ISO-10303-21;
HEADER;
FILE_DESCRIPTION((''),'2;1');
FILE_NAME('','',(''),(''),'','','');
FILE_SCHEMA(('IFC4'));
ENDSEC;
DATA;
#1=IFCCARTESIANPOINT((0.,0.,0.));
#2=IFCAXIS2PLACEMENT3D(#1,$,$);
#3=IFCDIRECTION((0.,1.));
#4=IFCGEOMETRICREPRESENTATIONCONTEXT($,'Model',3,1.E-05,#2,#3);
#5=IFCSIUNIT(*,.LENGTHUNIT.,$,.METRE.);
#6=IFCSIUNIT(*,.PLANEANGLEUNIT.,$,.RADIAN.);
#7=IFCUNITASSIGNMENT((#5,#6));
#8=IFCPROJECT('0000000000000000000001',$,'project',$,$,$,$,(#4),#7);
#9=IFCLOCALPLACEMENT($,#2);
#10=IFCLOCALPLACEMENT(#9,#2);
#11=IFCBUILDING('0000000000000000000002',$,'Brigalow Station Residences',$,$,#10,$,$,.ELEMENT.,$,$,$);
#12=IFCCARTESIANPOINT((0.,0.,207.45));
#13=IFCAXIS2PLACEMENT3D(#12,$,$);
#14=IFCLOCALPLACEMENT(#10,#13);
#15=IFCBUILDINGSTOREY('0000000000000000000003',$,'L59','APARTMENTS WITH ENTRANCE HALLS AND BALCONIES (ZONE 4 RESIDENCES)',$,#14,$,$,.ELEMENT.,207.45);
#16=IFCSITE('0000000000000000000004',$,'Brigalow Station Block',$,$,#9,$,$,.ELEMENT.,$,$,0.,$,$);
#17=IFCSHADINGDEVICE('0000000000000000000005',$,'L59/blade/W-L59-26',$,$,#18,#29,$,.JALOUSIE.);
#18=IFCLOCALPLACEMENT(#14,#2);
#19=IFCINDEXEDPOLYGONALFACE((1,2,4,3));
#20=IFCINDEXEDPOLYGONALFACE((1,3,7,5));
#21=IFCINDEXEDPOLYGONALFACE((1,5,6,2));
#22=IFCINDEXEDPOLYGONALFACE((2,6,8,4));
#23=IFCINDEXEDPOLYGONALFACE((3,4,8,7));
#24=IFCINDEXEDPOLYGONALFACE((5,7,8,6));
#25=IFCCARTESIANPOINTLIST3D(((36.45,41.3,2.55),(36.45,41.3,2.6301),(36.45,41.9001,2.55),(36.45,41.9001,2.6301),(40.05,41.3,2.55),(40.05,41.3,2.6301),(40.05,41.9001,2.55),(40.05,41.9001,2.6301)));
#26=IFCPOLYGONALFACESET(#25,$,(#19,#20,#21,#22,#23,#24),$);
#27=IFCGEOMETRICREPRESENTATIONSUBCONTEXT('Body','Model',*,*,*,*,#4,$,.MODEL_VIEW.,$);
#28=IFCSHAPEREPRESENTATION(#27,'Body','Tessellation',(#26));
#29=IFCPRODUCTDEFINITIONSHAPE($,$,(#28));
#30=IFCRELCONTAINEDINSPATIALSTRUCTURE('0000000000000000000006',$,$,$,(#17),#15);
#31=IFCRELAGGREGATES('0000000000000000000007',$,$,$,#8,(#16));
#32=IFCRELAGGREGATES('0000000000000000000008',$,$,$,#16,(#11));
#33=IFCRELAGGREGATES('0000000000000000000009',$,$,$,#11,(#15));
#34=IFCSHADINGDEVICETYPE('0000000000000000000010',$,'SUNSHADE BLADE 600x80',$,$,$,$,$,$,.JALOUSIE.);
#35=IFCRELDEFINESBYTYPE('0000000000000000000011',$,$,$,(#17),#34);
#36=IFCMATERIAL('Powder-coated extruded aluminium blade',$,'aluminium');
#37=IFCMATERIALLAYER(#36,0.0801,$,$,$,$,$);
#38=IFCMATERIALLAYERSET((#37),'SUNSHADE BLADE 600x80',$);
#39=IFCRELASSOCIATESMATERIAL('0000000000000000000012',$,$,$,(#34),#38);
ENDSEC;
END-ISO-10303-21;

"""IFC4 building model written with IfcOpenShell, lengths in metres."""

from ifc_helpers import new_model, si_unit, direction, frame, origin, origin_2d, place, context, subcontext, project, spatial, rectangle, extrude, material, layer, layer_set, type_object, element, save


model = new_model("IFC4")

# Units and contexts
model_context = context("Model", 3, precision=1e-05, world=origin(), true_north=direction((0.0, 1.0)))
body_context = subcontext(model_context, "Body", "Model", "MODEL_VIEW")
ifc_project = project(units=[si_unit("LENGTHUNIT", "METRE"), si_unit("PLANEANGLEUNIT", "RADIAN")], contexts=[model_context])

# Site, building, storey
site_placement = place(None, origin())
site = spatial("IfcSite", under=ifc_project, at=site_placement, Name="Brigalow Station Block", CompositionType="ELEMENT", RefElevation=0.0)
building_placement = place(site_placement, origin())
building = spatial("IfcBuilding", under=site, at=building_placement, Name="Brigalow Station Residences", CompositionType="ELEMENT")
storey_placement = place(building_placement, frame((0.0, 0.0, 207.45)))
storey = spatial("IfcBuildingStorey", under=building, at=storey_placement, Name="L59", Description="APARTMENTS WITH ENTRANCE HALLS AND BALCONIES (ZONE 4 RESIDENCES)", CompositionType="ELEMENT", Elevation=207.45)

# Shading device
ifc_material_1 = material(Name="Powder-coated extruded aluminium blade", Category="aluminium")
ifc_layer_1 = layer(ifc_material_1, 0.0801)
ifc_layer_set_1 = layer_set([ifc_layer_1], Name="SUNSHADE BLADE 600x80")
shading_device_type = type_object("IfcShadingDeviceType", Name="SUNSHADE BLADE 600x80", PredefinedType="JALOUSIE", material=ifc_layer_set_1)
for number, where, z_axis, x_axis, name in (
    (1, (38.25, 41.6001, 2.55), (0.0, 0.0, 1.0), (-1.0, 0.0, 0.0), "L59/blade/W-L59-26"),
):
    element("IfcShadingDevice", number, at=place(storey_placement, frame(where, z_axis=z_axis, x_axis=x_axis)), inside=storey, type_object=shading_device_type, Name=name, PredefinedType="JALOUSIE", context=body_context, shape_type="SweptSolid", body=[
        extrude(rectangle(XDim=3.6001, YDim=0.6001, at=origin_2d()), origin(), (0.0, 0.0, 1.0), 0.0801),
    ])

save(model, "model.ifc")
